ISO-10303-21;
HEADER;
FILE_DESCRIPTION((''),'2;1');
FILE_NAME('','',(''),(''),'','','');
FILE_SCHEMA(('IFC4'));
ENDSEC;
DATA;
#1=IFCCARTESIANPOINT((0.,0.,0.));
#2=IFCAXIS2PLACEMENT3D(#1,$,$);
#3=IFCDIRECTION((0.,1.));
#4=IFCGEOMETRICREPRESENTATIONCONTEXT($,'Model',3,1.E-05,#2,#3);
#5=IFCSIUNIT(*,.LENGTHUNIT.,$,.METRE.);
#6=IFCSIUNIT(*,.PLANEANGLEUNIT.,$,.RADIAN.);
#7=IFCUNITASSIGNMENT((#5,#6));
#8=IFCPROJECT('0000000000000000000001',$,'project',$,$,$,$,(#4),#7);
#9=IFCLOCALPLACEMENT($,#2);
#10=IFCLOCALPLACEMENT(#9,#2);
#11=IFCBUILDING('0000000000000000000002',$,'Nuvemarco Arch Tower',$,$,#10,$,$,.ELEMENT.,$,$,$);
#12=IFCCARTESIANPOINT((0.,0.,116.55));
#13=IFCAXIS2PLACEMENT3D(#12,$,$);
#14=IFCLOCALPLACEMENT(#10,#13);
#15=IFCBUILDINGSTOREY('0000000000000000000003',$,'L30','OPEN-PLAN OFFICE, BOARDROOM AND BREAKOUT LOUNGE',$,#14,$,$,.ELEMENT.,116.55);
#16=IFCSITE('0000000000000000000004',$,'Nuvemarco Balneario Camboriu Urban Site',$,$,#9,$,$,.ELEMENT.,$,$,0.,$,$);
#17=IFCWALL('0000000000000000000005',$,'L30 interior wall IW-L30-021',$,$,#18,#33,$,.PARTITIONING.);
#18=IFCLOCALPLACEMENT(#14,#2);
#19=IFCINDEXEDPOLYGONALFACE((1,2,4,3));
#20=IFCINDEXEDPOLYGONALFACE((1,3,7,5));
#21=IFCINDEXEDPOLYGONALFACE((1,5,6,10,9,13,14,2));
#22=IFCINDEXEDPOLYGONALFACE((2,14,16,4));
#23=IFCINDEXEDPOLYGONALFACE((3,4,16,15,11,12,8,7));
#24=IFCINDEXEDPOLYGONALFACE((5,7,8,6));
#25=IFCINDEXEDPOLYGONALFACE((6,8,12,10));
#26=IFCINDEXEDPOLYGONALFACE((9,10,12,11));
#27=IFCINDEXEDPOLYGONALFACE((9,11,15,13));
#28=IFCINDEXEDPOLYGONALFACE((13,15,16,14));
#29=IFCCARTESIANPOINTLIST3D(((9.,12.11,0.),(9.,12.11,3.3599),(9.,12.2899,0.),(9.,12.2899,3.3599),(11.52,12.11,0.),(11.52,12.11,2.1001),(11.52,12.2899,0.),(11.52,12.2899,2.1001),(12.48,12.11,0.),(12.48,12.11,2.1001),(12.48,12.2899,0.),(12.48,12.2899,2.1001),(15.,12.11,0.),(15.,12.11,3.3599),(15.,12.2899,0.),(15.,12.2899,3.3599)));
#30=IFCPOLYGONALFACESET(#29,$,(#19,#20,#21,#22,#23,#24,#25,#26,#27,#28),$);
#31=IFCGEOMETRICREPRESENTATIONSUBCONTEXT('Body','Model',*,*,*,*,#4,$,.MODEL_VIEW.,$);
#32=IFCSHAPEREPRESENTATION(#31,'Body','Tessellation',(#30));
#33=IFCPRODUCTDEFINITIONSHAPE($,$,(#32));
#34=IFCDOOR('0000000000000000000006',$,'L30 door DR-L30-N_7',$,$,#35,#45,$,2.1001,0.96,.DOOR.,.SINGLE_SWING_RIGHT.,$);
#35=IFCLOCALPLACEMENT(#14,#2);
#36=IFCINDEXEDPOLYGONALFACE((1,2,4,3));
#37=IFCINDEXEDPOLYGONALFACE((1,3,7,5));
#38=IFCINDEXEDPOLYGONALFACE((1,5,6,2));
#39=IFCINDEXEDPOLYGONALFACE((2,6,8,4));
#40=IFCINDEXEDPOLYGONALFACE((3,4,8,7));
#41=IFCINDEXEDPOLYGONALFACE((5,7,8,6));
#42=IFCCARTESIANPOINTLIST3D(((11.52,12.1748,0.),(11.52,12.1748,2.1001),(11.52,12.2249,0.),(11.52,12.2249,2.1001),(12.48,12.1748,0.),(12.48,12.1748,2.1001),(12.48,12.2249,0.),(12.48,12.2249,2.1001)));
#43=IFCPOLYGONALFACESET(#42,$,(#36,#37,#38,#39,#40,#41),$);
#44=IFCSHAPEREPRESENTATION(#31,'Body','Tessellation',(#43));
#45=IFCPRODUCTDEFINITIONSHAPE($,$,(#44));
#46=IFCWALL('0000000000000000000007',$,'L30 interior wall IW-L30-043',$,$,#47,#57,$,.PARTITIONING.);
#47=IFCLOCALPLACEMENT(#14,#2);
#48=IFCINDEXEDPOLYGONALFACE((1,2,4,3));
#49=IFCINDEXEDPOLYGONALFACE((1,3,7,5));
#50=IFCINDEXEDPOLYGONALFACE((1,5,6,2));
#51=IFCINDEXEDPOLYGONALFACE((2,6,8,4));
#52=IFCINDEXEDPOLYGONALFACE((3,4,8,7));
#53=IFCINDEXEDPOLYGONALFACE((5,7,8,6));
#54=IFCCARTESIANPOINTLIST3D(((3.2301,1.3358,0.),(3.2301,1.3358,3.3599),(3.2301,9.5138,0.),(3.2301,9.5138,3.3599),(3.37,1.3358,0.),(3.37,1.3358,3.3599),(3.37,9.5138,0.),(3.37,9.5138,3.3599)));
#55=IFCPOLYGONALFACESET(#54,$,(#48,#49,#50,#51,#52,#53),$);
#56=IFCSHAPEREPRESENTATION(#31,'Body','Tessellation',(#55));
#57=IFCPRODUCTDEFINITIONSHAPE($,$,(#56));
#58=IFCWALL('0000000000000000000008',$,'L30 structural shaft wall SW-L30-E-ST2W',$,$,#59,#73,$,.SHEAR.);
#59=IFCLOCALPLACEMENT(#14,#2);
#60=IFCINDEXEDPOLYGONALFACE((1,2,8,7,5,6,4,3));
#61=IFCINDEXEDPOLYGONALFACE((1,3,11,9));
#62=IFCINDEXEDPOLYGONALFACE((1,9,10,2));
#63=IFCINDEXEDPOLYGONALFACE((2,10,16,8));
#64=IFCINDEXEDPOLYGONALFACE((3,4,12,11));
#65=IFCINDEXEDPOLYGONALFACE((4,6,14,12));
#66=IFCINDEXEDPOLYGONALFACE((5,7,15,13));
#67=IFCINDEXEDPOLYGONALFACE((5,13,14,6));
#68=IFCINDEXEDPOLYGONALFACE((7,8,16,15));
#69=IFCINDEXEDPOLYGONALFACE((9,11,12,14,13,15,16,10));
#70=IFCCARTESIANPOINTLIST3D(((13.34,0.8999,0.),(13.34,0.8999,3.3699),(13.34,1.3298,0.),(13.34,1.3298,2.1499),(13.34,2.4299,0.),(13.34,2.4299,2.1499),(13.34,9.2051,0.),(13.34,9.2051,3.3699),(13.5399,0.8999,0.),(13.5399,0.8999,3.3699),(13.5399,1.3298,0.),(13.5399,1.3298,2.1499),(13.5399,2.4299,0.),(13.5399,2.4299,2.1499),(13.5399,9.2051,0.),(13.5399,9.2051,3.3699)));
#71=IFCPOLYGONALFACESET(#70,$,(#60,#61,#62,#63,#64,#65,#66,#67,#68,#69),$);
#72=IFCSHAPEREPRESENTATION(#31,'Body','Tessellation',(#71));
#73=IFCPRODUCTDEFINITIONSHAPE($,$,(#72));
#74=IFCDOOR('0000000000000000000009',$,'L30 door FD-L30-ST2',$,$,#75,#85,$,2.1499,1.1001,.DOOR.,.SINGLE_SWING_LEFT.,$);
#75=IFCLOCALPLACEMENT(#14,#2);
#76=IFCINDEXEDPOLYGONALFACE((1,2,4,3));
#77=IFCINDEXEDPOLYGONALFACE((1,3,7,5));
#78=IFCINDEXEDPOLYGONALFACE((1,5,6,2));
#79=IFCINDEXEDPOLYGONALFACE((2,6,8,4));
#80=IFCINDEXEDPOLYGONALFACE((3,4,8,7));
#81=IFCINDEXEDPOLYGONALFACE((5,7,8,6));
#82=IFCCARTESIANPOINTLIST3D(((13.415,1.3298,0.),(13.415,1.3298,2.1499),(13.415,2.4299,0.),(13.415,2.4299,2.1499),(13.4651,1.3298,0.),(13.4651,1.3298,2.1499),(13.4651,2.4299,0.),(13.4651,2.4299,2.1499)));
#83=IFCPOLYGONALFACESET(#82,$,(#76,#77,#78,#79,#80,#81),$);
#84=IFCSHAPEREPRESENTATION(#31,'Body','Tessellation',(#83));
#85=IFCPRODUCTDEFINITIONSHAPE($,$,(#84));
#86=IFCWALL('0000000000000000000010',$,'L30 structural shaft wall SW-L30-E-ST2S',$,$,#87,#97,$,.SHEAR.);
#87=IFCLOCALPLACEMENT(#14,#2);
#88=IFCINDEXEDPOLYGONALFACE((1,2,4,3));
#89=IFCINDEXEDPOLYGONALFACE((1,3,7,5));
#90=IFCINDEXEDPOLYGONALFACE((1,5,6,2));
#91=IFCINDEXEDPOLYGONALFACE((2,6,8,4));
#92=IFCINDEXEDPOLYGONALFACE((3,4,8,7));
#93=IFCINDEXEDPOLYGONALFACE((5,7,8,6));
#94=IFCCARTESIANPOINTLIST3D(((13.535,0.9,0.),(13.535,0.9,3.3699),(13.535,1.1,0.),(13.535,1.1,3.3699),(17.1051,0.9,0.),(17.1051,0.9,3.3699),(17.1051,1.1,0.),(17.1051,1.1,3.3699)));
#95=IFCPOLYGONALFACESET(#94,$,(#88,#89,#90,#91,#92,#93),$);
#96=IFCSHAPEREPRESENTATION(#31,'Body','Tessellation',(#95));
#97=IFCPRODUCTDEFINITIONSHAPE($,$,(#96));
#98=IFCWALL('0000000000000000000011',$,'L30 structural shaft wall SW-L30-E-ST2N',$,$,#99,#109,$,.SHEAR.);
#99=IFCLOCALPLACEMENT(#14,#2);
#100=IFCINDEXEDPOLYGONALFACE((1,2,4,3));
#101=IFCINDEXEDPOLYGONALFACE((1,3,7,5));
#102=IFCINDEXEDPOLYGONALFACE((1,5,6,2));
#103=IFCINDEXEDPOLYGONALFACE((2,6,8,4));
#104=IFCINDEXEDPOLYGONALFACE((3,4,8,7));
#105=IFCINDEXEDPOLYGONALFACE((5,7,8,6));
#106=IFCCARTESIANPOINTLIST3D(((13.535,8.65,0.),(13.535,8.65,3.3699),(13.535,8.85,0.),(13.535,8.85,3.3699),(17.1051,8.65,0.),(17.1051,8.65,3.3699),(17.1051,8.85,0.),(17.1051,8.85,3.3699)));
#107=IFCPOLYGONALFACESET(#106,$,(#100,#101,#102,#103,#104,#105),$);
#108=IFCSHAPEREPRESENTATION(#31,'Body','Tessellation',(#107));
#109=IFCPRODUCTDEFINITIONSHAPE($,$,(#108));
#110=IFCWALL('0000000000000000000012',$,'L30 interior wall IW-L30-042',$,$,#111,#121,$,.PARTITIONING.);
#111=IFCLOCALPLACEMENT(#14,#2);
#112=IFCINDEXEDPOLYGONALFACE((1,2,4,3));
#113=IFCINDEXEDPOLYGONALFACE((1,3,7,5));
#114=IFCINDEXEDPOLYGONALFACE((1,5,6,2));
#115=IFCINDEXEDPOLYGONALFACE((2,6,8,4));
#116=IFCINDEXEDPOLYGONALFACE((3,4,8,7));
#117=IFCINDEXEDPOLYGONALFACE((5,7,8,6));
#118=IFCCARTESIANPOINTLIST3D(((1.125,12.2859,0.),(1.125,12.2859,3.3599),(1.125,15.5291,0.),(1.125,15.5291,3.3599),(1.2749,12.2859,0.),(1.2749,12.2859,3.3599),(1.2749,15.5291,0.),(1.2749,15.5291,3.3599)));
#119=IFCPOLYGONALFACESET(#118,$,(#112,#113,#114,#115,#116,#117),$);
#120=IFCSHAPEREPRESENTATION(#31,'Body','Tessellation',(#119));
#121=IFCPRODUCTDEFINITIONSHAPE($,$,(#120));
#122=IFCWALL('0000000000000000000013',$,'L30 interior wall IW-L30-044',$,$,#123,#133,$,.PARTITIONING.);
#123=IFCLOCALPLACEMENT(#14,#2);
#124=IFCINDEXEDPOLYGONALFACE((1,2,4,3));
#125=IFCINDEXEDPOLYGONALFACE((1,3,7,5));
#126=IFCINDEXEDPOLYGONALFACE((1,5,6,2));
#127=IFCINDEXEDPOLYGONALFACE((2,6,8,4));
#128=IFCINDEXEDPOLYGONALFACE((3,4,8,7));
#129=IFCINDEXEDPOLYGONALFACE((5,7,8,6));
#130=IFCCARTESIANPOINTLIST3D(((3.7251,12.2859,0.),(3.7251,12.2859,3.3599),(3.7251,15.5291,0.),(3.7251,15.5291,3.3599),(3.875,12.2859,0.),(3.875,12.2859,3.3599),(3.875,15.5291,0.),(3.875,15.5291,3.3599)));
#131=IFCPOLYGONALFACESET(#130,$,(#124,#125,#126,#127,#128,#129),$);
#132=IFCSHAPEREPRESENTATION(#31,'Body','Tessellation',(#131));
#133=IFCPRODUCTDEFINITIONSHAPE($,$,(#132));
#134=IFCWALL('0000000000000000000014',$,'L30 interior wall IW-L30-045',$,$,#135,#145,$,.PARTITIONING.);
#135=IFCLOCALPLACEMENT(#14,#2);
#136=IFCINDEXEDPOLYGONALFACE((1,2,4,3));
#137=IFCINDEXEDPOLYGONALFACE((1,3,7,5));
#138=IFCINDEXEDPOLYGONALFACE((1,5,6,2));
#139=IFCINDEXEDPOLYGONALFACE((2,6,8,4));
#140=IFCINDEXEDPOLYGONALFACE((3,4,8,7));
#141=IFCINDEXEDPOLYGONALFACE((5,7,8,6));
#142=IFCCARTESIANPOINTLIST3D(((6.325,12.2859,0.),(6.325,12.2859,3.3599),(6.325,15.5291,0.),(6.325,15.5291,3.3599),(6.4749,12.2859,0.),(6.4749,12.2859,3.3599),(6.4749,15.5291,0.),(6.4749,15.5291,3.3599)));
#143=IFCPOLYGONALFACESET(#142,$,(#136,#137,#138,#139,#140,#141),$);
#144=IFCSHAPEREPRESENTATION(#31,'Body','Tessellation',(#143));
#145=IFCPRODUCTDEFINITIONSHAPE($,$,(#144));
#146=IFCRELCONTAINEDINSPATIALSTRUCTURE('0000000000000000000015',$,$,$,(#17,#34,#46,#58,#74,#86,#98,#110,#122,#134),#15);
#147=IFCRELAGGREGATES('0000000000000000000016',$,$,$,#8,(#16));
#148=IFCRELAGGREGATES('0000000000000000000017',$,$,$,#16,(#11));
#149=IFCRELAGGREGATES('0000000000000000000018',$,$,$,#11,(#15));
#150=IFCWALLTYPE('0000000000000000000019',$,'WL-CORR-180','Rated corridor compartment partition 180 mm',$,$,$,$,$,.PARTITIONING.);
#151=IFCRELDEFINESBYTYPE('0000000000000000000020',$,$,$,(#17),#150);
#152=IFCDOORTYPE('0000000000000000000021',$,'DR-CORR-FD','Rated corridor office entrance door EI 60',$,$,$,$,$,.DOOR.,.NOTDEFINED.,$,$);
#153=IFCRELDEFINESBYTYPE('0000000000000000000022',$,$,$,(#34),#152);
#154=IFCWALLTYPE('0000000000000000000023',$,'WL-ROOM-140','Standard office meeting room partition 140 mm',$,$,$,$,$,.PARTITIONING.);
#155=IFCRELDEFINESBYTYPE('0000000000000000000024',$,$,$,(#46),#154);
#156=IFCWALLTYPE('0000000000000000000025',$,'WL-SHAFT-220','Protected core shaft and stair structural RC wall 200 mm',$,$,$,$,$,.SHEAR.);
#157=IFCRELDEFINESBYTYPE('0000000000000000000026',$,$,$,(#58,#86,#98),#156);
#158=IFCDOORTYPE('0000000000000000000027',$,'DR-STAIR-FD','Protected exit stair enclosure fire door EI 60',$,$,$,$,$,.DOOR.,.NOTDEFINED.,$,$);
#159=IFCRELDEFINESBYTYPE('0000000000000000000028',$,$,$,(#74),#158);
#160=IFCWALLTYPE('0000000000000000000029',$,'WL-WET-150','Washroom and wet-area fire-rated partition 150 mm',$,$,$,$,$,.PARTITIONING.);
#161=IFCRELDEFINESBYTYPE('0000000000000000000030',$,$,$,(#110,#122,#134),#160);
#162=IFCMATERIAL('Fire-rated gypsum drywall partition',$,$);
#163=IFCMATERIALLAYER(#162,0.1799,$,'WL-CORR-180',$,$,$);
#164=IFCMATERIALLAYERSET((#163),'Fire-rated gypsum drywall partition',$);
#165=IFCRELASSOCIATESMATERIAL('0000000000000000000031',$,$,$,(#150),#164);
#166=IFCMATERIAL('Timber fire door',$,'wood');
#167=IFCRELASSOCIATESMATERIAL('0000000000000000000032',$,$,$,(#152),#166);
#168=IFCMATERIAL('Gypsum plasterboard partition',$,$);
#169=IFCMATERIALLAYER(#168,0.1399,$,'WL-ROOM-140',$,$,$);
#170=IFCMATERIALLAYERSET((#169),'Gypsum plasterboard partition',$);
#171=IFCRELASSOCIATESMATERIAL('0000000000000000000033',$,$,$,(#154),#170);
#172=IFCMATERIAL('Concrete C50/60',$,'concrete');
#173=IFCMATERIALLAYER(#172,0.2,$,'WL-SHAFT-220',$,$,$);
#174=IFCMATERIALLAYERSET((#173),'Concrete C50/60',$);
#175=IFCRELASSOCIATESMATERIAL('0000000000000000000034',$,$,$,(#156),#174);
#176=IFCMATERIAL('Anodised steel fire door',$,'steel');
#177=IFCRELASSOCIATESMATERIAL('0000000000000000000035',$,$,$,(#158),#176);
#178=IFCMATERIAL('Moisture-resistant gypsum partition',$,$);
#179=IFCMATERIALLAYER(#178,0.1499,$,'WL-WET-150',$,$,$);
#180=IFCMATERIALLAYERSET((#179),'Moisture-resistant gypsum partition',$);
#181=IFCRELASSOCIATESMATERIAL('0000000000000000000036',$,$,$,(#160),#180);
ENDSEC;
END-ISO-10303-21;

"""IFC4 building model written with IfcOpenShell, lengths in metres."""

from ifc_helpers import new_model, si_unit, direction, frame, frame_2d, origin, place, context, subcontext, project, spatial, rectangle, extrude, source, transform, mapped, material, layer, layer_set, type_object, type_shapes, element, fill, save


model = new_model("IFC4")

# Units and contexts
model_context = context("Model", 3, precision=1e-05, world=origin(), true_north=direction((0.0, 1.0)))
body_context = subcontext(model_context, "Body", "Model", "MODEL_VIEW")
ifc_project = project(units=[si_unit("LENGTHUNIT", "METRE"), si_unit("PLANEANGLEUNIT", "RADIAN")], contexts=[model_context])

# Site, building, storey
site_placement = place(None, origin())
site = spatial("IfcSite", under=ifc_project, at=site_placement, Name="Nuvemarco Balneario Camboriu Urban Site", CompositionType="ELEMENT", RefElevation=0.0)
building_placement = place(site_placement, origin())
building = spatial("IfcBuilding", under=site, at=building_placement, Name="Nuvemarco Arch Tower", CompositionType="ELEMENT")
storey_placement = place(building_placement, frame((0.0, 0.0, 116.55)))
storey = spatial("IfcBuildingStorey", under=building, at=storey_placement, Name="L30", Description="OPEN-PLAN OFFICE, BOARDROOM AND BREAKOUT LOUNGE", CompositionType="ELEMENT", Elevation=116.55)

# Shared definitions
ifc_material_1 = material(Name="Fire-rated gypsum drywall partition")
ifc_layer_1 = layer(ifc_material_1, 0.1799, Name="WL-CORR-180")
ifc_layer_set_1 = layer_set([ifc_layer_1], Name="Fire-rated gypsum drywall partition")
wall_type_1 = type_object("IfcWallType", Name="WL-CORR-180", Description="Rated corridor compartment partition 180 mm", PredefinedType="PARTITIONING", material=ifc_layer_set_1)
ifc_material_2 = material(Name="Anodised steel fire door", Category="steel")

# Wall, opening, door
wall_1_placement = place(storey_placement, frame((9.0, 12.2, 0.0), z_axis=(0.0, 0.0, 1.0), x_axis=(1.0, 0.0, 0.0)))
wall_1 = element("IfcWall", 1, at=wall_1_placement, inside=storey, type_object=wall_type_1, Name="L30 interior wall IW-L30-021", PredefinedType="PARTITIONING", context=body_context, shape_type="SweptSolid", body=[
    extrude(rectangle(XDim=6.0, YDim=0.1799, at=frame_2d((3.0, 0.0))), origin(), (0.0, 0.0, 1.0), 3.3599),
])
opening_1_placement = place(wall_1_placement, frame((2.52, 0.0, 0.0)))
opening_1 = element("IfcOpeningElement", 2, at=opening_1_placement, cuts=wall_1, PredefinedType="OPENING", context=body_context, shape_type="SweptSolid", body=[
    extrude(rectangle(XDim=0.96, YDim=2.1001, at=frame_2d((0.48, 1.05))), frame((0.0, 0.0999, 0.0), z_axis=(0.0, -1.0, 0.0), x_axis=(1.0, 0.0, 0.0)), (0.0, 0.0, 1.0), 0.2),
])
ifc_material_3 = material(Name="Timber fire door", Category="wood")
door_type_1 = type_object("IfcDoorType", Name="DR-CORR-FD", Description="Rated corridor office entrance door EI 60", OperationType="NOTDEFINED", PredefinedType="DOOR", material=ifc_material_3)
shared_shape_1 = source(origin(), body_context, "Body", "SweptSolid", [
    extrude(rectangle(XDim=0.96, YDim=2.1001, at=frame_2d((0.48, 1.05))), frame((0.0, 0.0249, 0.0), z_axis=(0.0, -1.0, 0.0), x_axis=(1.0, 0.0, 0.0)), (0.0, 0.0, 1.0), 0.05),
])
type_shapes(door_type_1, [shared_shape_1])
door_1_placement = place(opening_1_placement, origin())
door_1 = element("IfcDoor", 3, at=door_1_placement, inside=storey, type_object=door_type_1, Name="L30 door DR-L30-N_7", OperationType="SINGLE_SWING_RIGHT", OverallHeight=2.1001, OverallWidth=0.96, PredefinedType="DOOR", context=body_context, shape_type="MappedRepresentation", body=[
    mapped(shared_shape_1, transform((0.0, 0.0, 0.0), scale=1.0)),
])
fill(opening_1, door_1)

# Wall
ifc_material_4 = material(Name="Gypsum plasterboard partition")
ifc_layer_2 = layer(ifc_material_4, 0.1399, Name="WL-ROOM-140")
ifc_layer_set_2 = layer_set([ifc_layer_2], Name="Gypsum plasterboard partition")
wall_type_2 = type_object("IfcWallType", Name="WL-ROOM-140", Description="Standard office meeting room partition 140 mm", PredefinedType="PARTITIONING", material=ifc_layer_set_2)
wall_2_placement = place(storey_placement, frame((3.3, 1.3359, 0.0), z_axis=(0.0, 0.0, 1.0), x_axis=(0.0, 1.0, 0.0)))
element("IfcWall", 4, at=wall_2_placement, inside=storey, type_object=wall_type_2, Name="L30 interior wall IW-L30-043", PredefinedType="PARTITIONING", context=body_context, shape_type="SweptSolid", body=[
    extrude(rectangle(XDim=8.178, YDim=0.1399, at=frame_2d((4.0889, 0.0))), origin(), (0.0, 0.0, 1.0), 3.3599),
])

# Wall, opening, door
ifc_material_5 = material(Name="Concrete C50/60", Category="concrete")
ifc_layer_3 = layer(ifc_material_5, 0.2, Name="WL-SHAFT-220")
ifc_layer_set_3 = layer_set([ifc_layer_3], Name="Concrete C50/60")
wall_type_3 = type_object("IfcWallType", Name="WL-SHAFT-220", Description="Protected core shaft and stair structural RC wall 200 mm", PredefinedType="SHEAR", material=ifc_layer_set_3)
wall_3_placement = place(storey_placement, frame((13.4399, 0.8999, 0.0), z_axis=(0.0, 0.0, 1.0), x_axis=(0.0, 1.0, 0.0)))
wall_3 = element("IfcWall", 5, at=wall_3_placement, inside=storey, type_object=wall_type_3, Name="L30 structural shaft wall SW-L30-E-ST2W", PredefinedType="SHEAR", context=body_context, shape_type="SweptSolid", body=[
    extrude(rectangle(XDim=8.3052, YDim=0.2, at=frame_2d((4.1526, 0.0))), origin(), (0.0, 0.0, 1.0), 3.3699),
])
opening_2_placement = place(wall_3_placement, frame((0.4299, 0.0, 0.0)))
opening_2 = element("IfcOpeningElement", 6, at=opening_2_placement, cuts=wall_3, PredefinedType="OPENING", context=body_context, shape_type="SweptSolid", body=[
    extrude(rectangle(XDim=1.1001, YDim=2.1499, at=frame_2d((0.55, 1.075))), frame((0.0, 0.1099, 0.0), z_axis=(0.0, -1.0, 0.0), x_axis=(1.0, 0.0, 0.0)), (0.0, 0.0, 1.0), 0.22),
])
door_type_2 = type_object("IfcDoorType", Name="DR-STAIR-FD", Description="Protected exit stair enclosure fire door EI 60", OperationType="NOTDEFINED", PredefinedType="DOOR", material=ifc_material_2)
shared_shape_2 = source(origin(), body_context, "Body", "SweptSolid", [
    extrude(rectangle(XDim=1.1001, YDim=2.1499, at=frame_2d((0.55, 1.075))), frame((0.0, 0.0249, 0.0), z_axis=(0.0, -1.0, 0.0), x_axis=(1.0, 0.0, 0.0)), (0.0, 0.0, 1.0), 0.05),
])
type_shapes(door_type_2, [shared_shape_2])
door_2_placement = place(opening_2_placement, origin())
door_2 = element("IfcDoor", 7, at=door_2_placement, inside=storey, type_object=door_type_2, Name="L30 door FD-L30-ST2", OperationType="SINGLE_SWING_LEFT", OverallHeight=2.1499, OverallWidth=1.1001, PredefinedType="DOOR", context=body_context, shape_type="MappedRepresentation", body=[
    mapped(shared_shape_2, transform((0.0, 0.0, 0.0), scale=1.0)),
])
fill(opening_2, door_2)

# Walls
for number, where, z_axis, x_axis, name in (
    (8, (13.5349, 1.0, 0.0), (0.0, 0.0, 1.0), (1.0, 0.0, 0.0), "L30 structural shaft wall SW-L30-E-ST2S"),
    (9, (13.5349, 8.75, 0.0), (0.0, 0.0, 1.0), (1.0, 0.0, 0.0), "L30 structural shaft wall SW-L30-E-ST2N"),
):
    element("IfcWall", number, at=place(storey_placement, frame(where, z_axis=z_axis, x_axis=x_axis)), inside=storey, type_object=wall_type_3, Name=name, PredefinedType="SHEAR", context=body_context, shape_type="SweptSolid", body=[
        extrude(rectangle(XDim=3.5701, YDim=0.2, at=frame_2d((1.7852, 0.0))), origin(), (0.0, 0.0, 1.0), 3.3699),
    ])
ifc_material_6 = material(Name="Moisture-resistant gypsum partition")
ifc_layer_4 = layer(ifc_material_6, 0.1499, Name="WL-WET-150")
ifc_layer_set_4 = layer_set([ifc_layer_4], Name="Moisture-resistant gypsum partition")
wall_type_4 = type_object("IfcWallType", Name="WL-WET-150", Description="Washroom and wet-area fire-rated partition 150 mm", PredefinedType="PARTITIONING", material=ifc_layer_set_4)
for number, where, z_axis, x_axis, name in (
    (10, (1.2, 12.2859, 0.0), (0.0, 0.0, 1.0), (0.0, 1.0, 0.0), "L30 interior wall IW-L30-042"),
    (11, (3.8, 12.2859, 0.0), (0.0, 0.0, 1.0), (0.0, 1.0, 0.0), "L30 interior wall IW-L30-044"),
    (12, (6.3999, 12.2859, 0.0), (0.0, 0.0, 1.0), (0.0, 1.0, 0.0), "L30 interior wall IW-L30-045"),
):
    element("IfcWall", number, at=place(storey_placement, frame(where, z_axis=z_axis, x_axis=x_axis)), inside=storey, type_object=wall_type_4, Name=name, PredefinedType="PARTITIONING", context=body_context, shape_type="SweptSolid", body=[
        extrude(rectangle(XDim=3.2432, YDim=0.1499, at=frame_2d((1.6216, 0.0))), origin(), (0.0, 0.0, 1.0), 3.3599),
    ])

save(model, "model.ifc")
